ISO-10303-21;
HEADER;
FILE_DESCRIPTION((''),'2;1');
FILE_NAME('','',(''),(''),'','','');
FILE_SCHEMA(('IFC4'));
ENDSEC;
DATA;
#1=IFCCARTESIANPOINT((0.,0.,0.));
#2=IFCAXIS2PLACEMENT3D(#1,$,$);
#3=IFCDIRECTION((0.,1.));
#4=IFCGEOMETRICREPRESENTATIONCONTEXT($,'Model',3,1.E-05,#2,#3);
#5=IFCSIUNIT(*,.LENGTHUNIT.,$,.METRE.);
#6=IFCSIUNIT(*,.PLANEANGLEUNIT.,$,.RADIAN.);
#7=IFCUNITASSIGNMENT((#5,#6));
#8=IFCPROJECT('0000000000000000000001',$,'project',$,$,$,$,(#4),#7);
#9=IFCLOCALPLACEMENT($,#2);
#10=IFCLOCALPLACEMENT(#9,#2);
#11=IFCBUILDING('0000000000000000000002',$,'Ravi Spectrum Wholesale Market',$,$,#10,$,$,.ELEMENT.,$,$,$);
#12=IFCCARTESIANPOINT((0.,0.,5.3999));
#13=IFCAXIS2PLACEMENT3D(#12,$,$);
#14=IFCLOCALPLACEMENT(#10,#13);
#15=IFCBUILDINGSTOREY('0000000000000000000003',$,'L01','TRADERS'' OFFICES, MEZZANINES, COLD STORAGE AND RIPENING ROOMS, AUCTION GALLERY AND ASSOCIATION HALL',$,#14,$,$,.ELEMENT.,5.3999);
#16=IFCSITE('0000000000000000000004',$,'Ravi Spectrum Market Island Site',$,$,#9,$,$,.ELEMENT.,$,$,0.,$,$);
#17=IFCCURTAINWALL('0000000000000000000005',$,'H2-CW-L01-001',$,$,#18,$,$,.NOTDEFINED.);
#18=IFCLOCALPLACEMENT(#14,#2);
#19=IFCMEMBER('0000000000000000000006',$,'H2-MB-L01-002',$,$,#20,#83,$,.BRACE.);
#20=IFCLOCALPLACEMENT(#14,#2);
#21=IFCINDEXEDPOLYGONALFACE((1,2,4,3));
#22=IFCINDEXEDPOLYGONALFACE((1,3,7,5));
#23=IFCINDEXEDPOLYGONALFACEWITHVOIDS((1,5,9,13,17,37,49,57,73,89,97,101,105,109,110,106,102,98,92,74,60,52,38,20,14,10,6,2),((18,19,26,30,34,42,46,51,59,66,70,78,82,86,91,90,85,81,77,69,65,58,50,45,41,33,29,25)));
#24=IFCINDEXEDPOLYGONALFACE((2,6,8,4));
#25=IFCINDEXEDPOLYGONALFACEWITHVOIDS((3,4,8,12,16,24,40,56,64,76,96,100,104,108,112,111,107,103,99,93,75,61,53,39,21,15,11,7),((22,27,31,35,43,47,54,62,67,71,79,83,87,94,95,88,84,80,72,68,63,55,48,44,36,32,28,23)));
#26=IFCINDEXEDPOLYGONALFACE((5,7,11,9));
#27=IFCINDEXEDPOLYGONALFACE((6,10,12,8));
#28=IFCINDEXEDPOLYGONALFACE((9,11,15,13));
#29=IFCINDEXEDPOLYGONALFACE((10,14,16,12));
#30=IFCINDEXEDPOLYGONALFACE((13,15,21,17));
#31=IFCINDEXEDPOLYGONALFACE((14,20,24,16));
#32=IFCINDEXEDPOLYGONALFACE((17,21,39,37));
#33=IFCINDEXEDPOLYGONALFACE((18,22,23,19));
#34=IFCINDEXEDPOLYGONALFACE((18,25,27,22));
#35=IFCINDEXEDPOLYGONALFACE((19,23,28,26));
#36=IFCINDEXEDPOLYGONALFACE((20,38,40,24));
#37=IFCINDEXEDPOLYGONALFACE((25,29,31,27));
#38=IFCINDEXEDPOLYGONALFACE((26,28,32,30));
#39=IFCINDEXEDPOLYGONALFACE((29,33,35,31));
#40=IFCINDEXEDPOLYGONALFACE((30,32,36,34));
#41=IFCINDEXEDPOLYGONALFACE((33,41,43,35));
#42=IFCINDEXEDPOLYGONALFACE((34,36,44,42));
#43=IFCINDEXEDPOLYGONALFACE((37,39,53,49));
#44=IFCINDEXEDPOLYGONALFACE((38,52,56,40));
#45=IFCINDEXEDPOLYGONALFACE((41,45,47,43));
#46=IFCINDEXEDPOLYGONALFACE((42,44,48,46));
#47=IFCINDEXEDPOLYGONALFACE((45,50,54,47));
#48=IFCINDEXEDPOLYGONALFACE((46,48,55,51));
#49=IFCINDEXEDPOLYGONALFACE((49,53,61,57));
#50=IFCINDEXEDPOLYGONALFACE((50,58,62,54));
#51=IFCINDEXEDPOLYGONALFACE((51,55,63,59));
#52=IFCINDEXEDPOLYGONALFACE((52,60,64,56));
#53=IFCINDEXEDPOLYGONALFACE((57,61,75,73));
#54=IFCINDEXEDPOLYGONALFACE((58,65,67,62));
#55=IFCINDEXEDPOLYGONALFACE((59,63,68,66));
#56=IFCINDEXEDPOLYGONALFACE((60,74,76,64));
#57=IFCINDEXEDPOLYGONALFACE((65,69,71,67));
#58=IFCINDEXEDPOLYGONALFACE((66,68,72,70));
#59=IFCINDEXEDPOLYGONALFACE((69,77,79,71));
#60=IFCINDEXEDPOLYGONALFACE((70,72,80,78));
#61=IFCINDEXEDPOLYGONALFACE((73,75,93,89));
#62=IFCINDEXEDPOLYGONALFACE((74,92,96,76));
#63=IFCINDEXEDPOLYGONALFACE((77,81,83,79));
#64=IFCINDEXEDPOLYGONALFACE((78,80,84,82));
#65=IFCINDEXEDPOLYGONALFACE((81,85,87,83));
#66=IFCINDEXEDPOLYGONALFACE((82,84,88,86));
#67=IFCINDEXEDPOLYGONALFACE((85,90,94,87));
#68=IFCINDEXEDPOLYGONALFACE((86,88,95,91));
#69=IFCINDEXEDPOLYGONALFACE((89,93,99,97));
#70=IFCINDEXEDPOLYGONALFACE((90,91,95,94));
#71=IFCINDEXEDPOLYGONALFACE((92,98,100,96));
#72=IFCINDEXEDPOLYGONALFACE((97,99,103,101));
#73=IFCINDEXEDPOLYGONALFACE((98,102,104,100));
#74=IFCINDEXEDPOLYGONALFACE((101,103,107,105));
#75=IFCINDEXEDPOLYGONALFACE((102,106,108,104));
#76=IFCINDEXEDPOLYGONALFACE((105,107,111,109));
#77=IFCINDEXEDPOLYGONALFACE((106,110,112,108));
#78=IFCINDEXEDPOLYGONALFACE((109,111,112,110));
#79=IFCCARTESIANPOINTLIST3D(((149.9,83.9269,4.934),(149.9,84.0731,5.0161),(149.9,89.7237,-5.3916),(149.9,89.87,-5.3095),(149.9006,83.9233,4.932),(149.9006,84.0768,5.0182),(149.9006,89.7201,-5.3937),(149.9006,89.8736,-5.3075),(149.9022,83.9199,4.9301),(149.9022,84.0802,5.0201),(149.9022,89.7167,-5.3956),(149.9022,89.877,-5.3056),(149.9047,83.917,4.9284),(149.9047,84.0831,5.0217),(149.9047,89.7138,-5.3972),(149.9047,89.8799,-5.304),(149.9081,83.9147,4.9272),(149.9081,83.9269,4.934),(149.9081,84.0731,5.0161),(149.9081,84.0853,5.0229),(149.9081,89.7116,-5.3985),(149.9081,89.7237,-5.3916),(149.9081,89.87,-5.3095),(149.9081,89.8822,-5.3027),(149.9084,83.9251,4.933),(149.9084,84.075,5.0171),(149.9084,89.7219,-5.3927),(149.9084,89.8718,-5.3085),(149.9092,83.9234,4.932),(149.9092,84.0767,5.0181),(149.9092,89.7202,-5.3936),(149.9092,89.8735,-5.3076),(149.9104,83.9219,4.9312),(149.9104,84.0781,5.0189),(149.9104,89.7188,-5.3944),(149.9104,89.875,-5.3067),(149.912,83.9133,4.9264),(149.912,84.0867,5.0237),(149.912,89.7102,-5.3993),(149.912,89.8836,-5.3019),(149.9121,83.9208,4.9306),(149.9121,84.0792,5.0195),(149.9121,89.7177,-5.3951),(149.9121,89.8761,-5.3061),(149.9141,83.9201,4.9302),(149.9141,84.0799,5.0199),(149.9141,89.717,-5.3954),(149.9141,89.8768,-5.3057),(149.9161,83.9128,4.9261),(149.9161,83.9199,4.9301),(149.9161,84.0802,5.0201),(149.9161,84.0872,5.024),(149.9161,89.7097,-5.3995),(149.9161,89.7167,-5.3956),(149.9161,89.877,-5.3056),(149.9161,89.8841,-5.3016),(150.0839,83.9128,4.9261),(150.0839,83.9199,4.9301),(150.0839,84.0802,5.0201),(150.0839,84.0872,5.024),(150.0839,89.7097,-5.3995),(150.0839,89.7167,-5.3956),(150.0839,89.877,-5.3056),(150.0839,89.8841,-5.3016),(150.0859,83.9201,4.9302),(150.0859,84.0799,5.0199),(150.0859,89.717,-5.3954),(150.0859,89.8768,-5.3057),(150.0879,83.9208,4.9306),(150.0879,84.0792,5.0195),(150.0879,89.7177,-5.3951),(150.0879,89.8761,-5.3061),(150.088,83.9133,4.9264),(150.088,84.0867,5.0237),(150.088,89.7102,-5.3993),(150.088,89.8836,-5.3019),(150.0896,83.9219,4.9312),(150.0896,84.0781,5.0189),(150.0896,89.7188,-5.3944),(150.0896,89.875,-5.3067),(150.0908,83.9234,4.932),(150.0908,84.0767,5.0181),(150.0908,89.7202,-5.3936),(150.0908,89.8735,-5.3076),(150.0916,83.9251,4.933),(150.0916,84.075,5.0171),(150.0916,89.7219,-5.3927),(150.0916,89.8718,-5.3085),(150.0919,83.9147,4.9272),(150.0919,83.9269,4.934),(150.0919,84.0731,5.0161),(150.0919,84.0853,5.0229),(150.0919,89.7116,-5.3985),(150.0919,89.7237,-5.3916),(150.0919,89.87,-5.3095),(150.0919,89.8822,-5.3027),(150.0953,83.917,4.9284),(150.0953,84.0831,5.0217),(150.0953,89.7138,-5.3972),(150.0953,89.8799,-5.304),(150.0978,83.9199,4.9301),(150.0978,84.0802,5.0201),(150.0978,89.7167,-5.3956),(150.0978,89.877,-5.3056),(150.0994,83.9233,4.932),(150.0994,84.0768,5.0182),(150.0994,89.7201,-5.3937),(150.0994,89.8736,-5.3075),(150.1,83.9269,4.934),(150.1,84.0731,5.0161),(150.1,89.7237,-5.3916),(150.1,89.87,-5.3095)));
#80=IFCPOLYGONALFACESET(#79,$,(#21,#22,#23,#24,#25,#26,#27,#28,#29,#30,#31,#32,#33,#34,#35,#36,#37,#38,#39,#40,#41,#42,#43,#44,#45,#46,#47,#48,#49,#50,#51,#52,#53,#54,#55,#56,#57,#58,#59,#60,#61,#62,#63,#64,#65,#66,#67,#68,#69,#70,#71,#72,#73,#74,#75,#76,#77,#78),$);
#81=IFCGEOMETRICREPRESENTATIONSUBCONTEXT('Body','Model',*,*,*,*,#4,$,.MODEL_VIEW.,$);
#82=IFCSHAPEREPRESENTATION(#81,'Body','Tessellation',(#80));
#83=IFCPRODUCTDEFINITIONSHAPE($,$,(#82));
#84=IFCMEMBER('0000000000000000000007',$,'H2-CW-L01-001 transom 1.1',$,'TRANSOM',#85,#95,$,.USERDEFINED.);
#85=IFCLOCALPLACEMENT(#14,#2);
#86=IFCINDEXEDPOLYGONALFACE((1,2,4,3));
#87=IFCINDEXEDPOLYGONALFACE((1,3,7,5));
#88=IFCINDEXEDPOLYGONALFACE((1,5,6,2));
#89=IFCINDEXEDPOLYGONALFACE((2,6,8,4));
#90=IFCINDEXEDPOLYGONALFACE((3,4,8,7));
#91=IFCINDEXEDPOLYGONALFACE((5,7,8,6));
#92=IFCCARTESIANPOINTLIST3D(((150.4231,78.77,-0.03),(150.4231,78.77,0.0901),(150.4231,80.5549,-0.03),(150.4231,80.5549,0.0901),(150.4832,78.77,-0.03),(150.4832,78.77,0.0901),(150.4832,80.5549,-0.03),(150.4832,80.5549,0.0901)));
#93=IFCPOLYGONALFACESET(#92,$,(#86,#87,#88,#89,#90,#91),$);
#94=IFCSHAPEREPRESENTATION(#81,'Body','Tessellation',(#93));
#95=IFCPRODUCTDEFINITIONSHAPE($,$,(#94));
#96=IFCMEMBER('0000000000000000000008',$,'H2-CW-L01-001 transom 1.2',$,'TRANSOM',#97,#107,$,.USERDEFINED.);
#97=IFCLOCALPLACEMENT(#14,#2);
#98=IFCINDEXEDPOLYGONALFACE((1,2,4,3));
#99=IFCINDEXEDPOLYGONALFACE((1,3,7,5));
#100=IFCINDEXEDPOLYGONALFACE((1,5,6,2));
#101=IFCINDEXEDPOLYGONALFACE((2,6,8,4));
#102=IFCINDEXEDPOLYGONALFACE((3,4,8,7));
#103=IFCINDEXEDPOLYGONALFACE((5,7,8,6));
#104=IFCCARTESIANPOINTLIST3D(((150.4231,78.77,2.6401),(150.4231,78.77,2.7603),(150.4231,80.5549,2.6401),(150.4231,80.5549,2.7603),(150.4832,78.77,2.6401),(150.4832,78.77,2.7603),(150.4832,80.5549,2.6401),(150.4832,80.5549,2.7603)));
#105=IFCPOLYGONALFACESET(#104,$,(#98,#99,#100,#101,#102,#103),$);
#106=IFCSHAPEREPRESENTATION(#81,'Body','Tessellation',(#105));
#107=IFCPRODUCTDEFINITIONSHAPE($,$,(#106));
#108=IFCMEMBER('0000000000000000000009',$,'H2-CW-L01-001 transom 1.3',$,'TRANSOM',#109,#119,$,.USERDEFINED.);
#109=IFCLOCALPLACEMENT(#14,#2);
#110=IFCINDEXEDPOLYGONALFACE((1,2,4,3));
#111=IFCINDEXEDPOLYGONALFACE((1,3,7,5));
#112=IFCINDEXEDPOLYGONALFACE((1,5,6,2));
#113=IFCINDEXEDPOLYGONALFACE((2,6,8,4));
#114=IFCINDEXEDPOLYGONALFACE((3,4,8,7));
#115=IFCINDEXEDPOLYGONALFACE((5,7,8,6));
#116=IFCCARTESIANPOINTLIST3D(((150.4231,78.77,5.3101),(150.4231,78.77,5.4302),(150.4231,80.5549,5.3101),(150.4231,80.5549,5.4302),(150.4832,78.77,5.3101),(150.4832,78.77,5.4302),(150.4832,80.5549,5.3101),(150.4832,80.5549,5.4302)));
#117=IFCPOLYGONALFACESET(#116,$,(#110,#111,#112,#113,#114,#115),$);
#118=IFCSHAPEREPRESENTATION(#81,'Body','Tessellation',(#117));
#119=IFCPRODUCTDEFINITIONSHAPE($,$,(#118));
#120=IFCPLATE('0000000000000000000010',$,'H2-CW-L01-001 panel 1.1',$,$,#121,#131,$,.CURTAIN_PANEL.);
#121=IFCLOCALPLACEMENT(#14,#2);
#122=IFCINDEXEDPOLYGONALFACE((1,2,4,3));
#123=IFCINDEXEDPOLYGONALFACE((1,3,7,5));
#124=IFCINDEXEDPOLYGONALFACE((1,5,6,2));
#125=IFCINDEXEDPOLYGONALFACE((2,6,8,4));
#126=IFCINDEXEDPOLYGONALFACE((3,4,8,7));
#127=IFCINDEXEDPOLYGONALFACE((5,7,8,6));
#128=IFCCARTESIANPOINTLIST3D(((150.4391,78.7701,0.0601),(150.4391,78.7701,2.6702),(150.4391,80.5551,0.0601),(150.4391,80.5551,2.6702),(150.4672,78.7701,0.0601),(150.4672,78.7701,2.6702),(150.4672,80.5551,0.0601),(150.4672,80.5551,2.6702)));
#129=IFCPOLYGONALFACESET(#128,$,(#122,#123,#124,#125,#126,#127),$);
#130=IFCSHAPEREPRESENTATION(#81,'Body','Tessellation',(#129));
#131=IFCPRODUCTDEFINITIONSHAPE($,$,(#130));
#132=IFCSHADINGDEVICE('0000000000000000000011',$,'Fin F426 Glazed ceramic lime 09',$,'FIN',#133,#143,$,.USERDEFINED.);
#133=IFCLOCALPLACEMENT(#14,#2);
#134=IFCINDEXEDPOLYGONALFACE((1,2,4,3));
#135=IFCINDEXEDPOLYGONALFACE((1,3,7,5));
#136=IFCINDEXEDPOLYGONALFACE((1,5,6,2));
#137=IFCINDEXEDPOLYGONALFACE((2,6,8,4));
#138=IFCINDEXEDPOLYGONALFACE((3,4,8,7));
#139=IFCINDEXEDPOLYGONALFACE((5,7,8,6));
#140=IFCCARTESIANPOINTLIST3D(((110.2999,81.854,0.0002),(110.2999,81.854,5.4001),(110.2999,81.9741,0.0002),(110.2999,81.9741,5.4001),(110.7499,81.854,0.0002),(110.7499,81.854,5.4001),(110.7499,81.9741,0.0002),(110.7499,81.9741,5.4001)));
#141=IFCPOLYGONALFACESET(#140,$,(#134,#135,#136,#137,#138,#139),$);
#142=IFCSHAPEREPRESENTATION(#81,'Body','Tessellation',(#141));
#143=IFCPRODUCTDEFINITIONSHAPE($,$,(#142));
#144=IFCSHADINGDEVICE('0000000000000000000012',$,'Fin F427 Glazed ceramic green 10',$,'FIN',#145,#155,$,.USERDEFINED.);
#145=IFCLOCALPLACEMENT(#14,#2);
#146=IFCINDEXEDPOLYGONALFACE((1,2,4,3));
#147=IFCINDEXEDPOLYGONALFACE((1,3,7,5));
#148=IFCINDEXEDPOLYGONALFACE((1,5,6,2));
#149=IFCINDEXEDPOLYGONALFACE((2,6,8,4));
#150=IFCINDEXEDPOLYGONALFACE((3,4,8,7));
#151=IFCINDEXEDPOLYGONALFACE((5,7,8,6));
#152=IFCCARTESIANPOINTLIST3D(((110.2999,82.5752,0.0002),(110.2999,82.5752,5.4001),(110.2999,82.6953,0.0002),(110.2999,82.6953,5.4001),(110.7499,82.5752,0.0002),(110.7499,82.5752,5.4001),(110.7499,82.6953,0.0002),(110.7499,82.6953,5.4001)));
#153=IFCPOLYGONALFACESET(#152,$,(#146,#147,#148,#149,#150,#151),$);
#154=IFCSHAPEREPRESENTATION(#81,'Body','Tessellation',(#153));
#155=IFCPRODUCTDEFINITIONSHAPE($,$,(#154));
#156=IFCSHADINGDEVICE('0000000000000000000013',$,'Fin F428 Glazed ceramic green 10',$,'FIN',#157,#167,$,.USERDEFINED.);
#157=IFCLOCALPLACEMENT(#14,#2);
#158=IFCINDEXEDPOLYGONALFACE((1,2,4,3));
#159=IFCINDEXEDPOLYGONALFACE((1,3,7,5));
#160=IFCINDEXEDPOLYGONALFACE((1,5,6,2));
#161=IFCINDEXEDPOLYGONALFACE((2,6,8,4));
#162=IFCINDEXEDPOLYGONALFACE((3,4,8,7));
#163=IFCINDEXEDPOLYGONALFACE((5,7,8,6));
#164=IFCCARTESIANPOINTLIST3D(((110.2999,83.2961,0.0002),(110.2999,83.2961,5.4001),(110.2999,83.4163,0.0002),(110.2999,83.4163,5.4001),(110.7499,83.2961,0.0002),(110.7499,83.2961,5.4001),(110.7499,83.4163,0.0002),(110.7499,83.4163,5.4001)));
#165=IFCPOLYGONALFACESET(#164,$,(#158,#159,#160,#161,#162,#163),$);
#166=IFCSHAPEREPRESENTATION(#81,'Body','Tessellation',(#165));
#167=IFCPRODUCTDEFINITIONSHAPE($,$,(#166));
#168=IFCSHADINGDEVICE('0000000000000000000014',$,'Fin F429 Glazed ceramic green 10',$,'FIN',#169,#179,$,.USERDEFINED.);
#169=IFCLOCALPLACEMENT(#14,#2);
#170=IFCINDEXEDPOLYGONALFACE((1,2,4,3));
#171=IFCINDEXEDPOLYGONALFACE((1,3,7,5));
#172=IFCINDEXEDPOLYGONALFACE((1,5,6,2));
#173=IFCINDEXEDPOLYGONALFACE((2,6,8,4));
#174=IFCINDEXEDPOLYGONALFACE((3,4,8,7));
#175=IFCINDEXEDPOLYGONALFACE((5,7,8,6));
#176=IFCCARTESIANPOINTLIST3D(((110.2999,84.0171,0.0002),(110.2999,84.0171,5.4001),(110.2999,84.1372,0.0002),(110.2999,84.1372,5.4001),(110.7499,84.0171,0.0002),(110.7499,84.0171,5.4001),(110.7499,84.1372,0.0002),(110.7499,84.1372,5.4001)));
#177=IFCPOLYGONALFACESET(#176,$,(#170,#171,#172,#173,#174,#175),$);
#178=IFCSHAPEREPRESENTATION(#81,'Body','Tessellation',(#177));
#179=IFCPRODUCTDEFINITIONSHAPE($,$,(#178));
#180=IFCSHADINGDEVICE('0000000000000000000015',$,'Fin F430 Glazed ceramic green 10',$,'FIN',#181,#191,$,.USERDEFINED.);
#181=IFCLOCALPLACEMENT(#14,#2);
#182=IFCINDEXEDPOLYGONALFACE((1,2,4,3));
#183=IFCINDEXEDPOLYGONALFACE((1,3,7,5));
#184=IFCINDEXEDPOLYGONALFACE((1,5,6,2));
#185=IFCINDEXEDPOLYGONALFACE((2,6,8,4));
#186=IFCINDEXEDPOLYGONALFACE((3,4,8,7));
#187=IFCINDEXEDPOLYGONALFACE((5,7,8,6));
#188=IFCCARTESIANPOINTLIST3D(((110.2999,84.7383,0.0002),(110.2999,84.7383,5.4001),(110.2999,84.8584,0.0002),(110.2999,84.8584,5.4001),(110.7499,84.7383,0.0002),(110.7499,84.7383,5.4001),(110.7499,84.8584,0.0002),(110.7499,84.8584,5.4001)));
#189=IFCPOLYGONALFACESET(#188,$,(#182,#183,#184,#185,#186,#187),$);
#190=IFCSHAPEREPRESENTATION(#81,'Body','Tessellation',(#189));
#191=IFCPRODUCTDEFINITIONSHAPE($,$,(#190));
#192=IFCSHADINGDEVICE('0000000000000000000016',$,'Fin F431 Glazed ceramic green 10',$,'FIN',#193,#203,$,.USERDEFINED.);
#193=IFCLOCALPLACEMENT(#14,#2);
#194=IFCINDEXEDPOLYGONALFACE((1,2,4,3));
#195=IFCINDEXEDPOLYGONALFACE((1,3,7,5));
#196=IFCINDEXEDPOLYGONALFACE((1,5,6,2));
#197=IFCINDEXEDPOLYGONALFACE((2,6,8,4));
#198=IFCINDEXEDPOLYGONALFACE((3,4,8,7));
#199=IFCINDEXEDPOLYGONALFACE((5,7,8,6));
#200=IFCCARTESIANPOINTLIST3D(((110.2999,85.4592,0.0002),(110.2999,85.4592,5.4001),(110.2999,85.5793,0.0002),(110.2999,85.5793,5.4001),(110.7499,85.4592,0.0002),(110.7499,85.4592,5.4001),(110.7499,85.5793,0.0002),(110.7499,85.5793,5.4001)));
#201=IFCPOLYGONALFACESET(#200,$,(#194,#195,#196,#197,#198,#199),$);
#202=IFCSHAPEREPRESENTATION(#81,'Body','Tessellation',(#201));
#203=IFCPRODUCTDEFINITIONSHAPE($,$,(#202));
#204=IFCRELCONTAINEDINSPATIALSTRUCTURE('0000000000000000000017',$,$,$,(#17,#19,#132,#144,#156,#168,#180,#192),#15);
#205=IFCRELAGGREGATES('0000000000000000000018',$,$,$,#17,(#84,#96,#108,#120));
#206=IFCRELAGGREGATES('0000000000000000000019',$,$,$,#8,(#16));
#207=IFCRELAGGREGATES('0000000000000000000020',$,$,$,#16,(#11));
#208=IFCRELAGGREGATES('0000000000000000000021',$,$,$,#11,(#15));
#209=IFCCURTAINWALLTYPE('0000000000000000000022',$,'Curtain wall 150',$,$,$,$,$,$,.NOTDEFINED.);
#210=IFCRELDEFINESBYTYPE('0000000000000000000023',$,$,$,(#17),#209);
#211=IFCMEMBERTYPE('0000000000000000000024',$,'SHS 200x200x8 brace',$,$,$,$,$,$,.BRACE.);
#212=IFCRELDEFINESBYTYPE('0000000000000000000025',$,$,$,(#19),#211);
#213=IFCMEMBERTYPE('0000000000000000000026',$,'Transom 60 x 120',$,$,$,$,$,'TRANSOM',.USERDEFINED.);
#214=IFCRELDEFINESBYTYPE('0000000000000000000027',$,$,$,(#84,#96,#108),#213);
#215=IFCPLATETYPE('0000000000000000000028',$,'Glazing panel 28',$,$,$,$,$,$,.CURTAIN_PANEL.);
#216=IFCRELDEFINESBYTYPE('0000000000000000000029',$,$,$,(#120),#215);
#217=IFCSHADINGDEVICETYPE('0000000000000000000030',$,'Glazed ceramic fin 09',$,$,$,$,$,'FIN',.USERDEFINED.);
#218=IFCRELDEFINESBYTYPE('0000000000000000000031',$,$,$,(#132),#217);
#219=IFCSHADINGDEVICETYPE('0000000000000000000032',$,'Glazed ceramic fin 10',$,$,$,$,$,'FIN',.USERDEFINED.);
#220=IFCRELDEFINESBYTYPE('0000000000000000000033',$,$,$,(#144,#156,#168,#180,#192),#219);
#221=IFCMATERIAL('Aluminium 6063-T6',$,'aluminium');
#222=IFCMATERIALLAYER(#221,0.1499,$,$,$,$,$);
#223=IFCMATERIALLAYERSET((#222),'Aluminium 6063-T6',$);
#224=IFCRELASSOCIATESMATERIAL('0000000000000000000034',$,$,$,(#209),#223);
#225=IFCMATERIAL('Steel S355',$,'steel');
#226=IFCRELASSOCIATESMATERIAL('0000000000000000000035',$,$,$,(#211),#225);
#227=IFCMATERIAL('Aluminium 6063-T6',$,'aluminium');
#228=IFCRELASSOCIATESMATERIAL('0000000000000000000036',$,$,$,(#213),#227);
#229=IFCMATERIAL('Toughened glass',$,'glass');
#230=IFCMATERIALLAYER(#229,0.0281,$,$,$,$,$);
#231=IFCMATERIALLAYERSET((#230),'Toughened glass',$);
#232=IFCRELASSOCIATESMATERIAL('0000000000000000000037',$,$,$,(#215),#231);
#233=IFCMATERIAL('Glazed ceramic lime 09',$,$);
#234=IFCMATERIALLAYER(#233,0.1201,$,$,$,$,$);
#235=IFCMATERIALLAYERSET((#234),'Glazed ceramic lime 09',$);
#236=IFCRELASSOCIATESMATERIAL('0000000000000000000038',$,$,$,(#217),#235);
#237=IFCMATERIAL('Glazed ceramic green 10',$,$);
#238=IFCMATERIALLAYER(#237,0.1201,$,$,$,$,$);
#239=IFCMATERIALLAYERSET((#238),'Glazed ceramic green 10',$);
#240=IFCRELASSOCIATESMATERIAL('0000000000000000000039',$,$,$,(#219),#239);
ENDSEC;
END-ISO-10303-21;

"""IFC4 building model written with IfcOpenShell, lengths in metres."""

from ifc_helpers import new_model, si_unit, direction, frame, origin, origin_2d, place, context, subcontext, project, spatial, rectangle, hollow_rectangle, extrude, material, layer, layer_set, material_profile, profile_set, type_object, element, aggregate, save


model = new_model("IFC4")

# Units and contexts
model_context = context("Model", 3, precision=1e-05, world=origin(), true_north=direction((0.0, 1.0)))
body_context = subcontext(model_context, "Body", "Model", "MODEL_VIEW")
ifc_project = project(units=[si_unit("LENGTHUNIT", "METRE"), si_unit("PLANEANGLEUNIT", "RADIAN")], contexts=[model_context])

# Site, building, storey
site_placement = place(None, origin())
site = spatial("IfcSite", under=ifc_project, at=site_placement, Name="Ravi Spectrum Market Island Site", CompositionType="ELEMENT", RefElevation=0.0)
building_placement = place(site_placement, origin())
building = spatial("IfcBuilding", under=site, at=building_placement, Name="Ravi Spectrum Wholesale Market", CompositionType="ELEMENT")
storey_placement = place(building_placement, frame((0.0, 0.0, 5.3999)))
storey = spatial("IfcBuildingStorey", under=building, at=storey_placement, Name="L01", Description="TRADERS' OFFICES, MEZZANINES, COLD STORAGE AND RIPENING ROOMS, AUCTION GALLERY AND ASSOCIATION HALL", CompositionType="ELEMENT", Elevation=5.3999)

# Curtain wall
ifc_material_1 = material(Name="Aluminium 6063-T6", Category="aluminium")
ifc_layer_1 = layer(ifc_material_1, 0.1499)
ifc_layer_set_1 = layer_set([ifc_layer_1], Name="Aluminium 6063-T6")
curtain_wall_type = type_object("IfcCurtainWallType", Name="Curtain wall 150", PredefinedType="NOTDEFINED", material=ifc_layer_set_1)
curtain_wall_placement = place(storey_placement, origin())
curtain_wall = element("IfcCurtainWall", 1, at=curtain_wall_placement, inside=storey, type_object=curtain_wall_type, Name="H2-CW-L01-001", PredefinedType="NOTDEFINED")

# Member
ifc_material_2 = material(Name="Steel S355", Category="steel")
ifc_material_profile_1 = material_profile(ifc_material_2, hollow_rectangle(XDim=0.2, YDim=0.2, WallThickness=0.0081, InnerFilletRadius=0.0081, OuterFilletRadius=0.0161, at=origin_2d()))
ifc_profile_set_1 = profile_set([ifc_material_profile_1], Name="Steel S355")
member_type_1 = type_object("IfcMemberType", Name="SHS 200x200x8 brace", PredefinedType="BRACE", material=ifc_profile_set_1)
for number, where, z_axis, x_axis, name in (
    (2, (150.0, 89.7969, -5.3506), (0.0, -0.489535, 0.871984), (1.0, 0.0, 0.0), "H2-MB-L01-002"),
):
    element("IfcMember", number, at=place(storey_placement, frame(where, z_axis=z_axis, x_axis=x_axis)), inside=storey, type_object=member_type_1, Name=name, PredefinedType="BRACE", context=body_context, shape_type="SweptSolid", body=[
        extrude(hollow_rectangle(XDim=0.2, YDim=0.2, WallThickness=0.0081, InnerFilletRadius=0.0081, OuterFilletRadius=0.0161, at=origin_2d()), origin(), (0.0, 0.0, 1.0), 11.8416),
    ])

# Members
ifc_material_3 = material(Name="Aluminium 6063-T6", Category="aluminium")
ifc_material_profile_2 = material_profile(ifc_material_3, rectangle(XDim=0.0601, YDim=0.1201, at=origin_2d()))
ifc_profile_set_2 = profile_set([ifc_material_profile_2], Name="Aluminium 6063-T6")
member_type_2 = type_object("IfcMemberType", Name="Transom 60 x 120", ElementType="TRANSOM", PredefinedType="USERDEFINED", material=ifc_profile_set_2)
member_1_placement = place(storey_placement, frame((150.4531, 78.77, 0.03), z_axis=(0.0, 1.0, 0.0), x_axis=(-1.0, 0.0, 0.0)))
member_1 = element("IfcMember", 3, at=member_1_placement, type_object=member_type_2, Name="H2-CW-L01-001 transom 1.1", ObjectType="TRANSOM", PredefinedType="USERDEFINED", context=body_context, shape_type="SweptSolid", body=[
    extrude(rectangle(XDim=0.0601, YDim=0.1201, at=origin_2d()), origin(), (0.0, 0.0, 1.0), 1.7849),
])
member_2_placement = place(storey_placement, frame((150.4531, 78.77, 2.7002), z_axis=(0.0, 1.0, 0.0), x_axis=(-1.0, 0.0, 0.0)))
member_2 = element("IfcMember", 4, at=member_2_placement, type_object=member_type_2, Name="H2-CW-L01-001 transom 1.2", ObjectType="TRANSOM", PredefinedType="USERDEFINED", context=body_context, shape_type="SweptSolid", body=[
    extrude(rectangle(XDim=0.0601, YDim=0.1201, at=origin_2d()), origin(), (0.0, 0.0, 1.0), 1.7849),
])
member_3_placement = place(storey_placement, frame((150.4531, 78.77, 5.3701), z_axis=(0.0, 1.0, 0.0), x_axis=(-1.0, 0.0, 0.0)))
member_3 = element("IfcMember", 5, at=member_3_placement, type_object=member_type_2, Name="H2-CW-L01-001 transom 1.3", ObjectType="TRANSOM", PredefinedType="USERDEFINED", context=body_context, shape_type="SweptSolid", body=[
    extrude(rectangle(XDim=0.0601, YDim=0.1201, at=origin_2d()), origin(), (0.0, 0.0, 1.0), 1.7849),
])

# Plate
ifc_material_4 = material(Name="Toughened glass", Category="glass")
ifc_layer_2 = layer(ifc_material_4, 0.0281)
ifc_layer_set_2 = layer_set([ifc_layer_2], Name="Toughened glass")
plate_type = type_object("IfcPlateType", Name="Glazing panel 28", PredefinedType="CURTAIN_PANEL", material=ifc_layer_set_2)
plate_placement = place(storey_placement, frame((150.4531, 79.6626, 0.0601), z_axis=(0.0, 0.0, 1.0), x_axis=(0.0, 1.0, 0.0)))
plate = element("IfcPlate", 6, at=plate_placement, type_object=plate_type, Name="H2-CW-L01-001 panel 1.1", PredefinedType="CURTAIN_PANEL", context=body_context, shape_type="SweptSolid", body=[
    extrude(rectangle(XDim=1.7849, YDim=0.0281, at=origin_2d()), origin(), (0.0, 0.0, 1.0), 2.6101),
])
aggregate(curtain_wall, [member_1, member_2, member_3, plate])

# Shading devices
ifc_material_5 = material(Name="Glazed ceramic lime 09")
ifc_layer_3 = layer(ifc_material_5, 0.1201)
ifc_layer_set_3 = layer_set([ifc_layer_3], Name="Glazed ceramic lime 09")
shading_device_type_1 = type_object("IfcShadingDeviceType", Name="Glazed ceramic fin 09", ElementType="FIN", PredefinedType="USERDEFINED", material=ifc_layer_set_3)
shading_device_placement = place(storey_placement, frame((110.5249, 81.9141, 0.0002), z_axis=(0.0, 0.0, 1.0), x_axis=(0.0, 1.0, 0.0)))
element("IfcShadingDevice", 7, at=shading_device_placement, inside=storey, type_object=shading_device_type_1, Name="Fin F426 Glazed ceramic lime 09", ObjectType="FIN", PredefinedType="USERDEFINED", context=body_context, shape_type="SweptSolid", body=[
    extrude(rectangle(XDim=0.1201, YDim=0.45, at=origin_2d()), origin(), (0.0, 0.0, 1.0), 5.3999),
])
ifc_material_6 = material(Name="Glazed ceramic green 10")
ifc_layer_4 = layer(ifc_material_6, 0.1201)
ifc_layer_set_4 = layer_set([ifc_layer_4], Name="Glazed ceramic green 10")
shading_device_type_2 = type_object("IfcShadingDeviceType", Name="Glazed ceramic fin 10", ElementType="FIN", PredefinedType="USERDEFINED", material=ifc_layer_set_4)
for number, where, z_axis, x_axis, name in (
    (8, (110.5249, 82.6353, 0.0002), (0.0, 0.0, 1.0), (0.0, 1.0, 0.0), "Fin F427 Glazed ceramic green 10"),
    (9, (110.5249, 83.3562, 0.0002), (0.0, 0.0, 1.0), (0.0, 1.0, 0.0), "Fin F428 Glazed ceramic green 10"),
    (10, (110.5249, 84.0771, 0.0002), (0.0, 0.0, 1.0), (0.0, 1.0, 0.0), "Fin F429 Glazed ceramic green 10"),
    (11, (110.5249, 84.7983, 0.0002), (0.0, 0.0, 1.0), (0.0, 1.0, 0.0), "Fin F430 Glazed ceramic green 10"),
    (12, (110.5249, 85.5193, 0.0002), (0.0, 0.0, 1.0), (0.0, 1.0, 0.0), "Fin F431 Glazed ceramic green 10"),
):
    element("IfcShadingDevice", number, at=place(storey_placement, frame(where, z_axis=z_axis, x_axis=x_axis)), inside=storey, type_object=shading_device_type_2, Name=name, ObjectType="FIN", PredefinedType="USERDEFINED", context=body_context, shape_type="SweptSolid", body=[
        extrude(rectangle(XDim=0.1201, YDim=0.45, at=origin_2d()), origin(), (0.0, 0.0, 1.0), 5.3999),
    ])

save(model, "model.ifc")
